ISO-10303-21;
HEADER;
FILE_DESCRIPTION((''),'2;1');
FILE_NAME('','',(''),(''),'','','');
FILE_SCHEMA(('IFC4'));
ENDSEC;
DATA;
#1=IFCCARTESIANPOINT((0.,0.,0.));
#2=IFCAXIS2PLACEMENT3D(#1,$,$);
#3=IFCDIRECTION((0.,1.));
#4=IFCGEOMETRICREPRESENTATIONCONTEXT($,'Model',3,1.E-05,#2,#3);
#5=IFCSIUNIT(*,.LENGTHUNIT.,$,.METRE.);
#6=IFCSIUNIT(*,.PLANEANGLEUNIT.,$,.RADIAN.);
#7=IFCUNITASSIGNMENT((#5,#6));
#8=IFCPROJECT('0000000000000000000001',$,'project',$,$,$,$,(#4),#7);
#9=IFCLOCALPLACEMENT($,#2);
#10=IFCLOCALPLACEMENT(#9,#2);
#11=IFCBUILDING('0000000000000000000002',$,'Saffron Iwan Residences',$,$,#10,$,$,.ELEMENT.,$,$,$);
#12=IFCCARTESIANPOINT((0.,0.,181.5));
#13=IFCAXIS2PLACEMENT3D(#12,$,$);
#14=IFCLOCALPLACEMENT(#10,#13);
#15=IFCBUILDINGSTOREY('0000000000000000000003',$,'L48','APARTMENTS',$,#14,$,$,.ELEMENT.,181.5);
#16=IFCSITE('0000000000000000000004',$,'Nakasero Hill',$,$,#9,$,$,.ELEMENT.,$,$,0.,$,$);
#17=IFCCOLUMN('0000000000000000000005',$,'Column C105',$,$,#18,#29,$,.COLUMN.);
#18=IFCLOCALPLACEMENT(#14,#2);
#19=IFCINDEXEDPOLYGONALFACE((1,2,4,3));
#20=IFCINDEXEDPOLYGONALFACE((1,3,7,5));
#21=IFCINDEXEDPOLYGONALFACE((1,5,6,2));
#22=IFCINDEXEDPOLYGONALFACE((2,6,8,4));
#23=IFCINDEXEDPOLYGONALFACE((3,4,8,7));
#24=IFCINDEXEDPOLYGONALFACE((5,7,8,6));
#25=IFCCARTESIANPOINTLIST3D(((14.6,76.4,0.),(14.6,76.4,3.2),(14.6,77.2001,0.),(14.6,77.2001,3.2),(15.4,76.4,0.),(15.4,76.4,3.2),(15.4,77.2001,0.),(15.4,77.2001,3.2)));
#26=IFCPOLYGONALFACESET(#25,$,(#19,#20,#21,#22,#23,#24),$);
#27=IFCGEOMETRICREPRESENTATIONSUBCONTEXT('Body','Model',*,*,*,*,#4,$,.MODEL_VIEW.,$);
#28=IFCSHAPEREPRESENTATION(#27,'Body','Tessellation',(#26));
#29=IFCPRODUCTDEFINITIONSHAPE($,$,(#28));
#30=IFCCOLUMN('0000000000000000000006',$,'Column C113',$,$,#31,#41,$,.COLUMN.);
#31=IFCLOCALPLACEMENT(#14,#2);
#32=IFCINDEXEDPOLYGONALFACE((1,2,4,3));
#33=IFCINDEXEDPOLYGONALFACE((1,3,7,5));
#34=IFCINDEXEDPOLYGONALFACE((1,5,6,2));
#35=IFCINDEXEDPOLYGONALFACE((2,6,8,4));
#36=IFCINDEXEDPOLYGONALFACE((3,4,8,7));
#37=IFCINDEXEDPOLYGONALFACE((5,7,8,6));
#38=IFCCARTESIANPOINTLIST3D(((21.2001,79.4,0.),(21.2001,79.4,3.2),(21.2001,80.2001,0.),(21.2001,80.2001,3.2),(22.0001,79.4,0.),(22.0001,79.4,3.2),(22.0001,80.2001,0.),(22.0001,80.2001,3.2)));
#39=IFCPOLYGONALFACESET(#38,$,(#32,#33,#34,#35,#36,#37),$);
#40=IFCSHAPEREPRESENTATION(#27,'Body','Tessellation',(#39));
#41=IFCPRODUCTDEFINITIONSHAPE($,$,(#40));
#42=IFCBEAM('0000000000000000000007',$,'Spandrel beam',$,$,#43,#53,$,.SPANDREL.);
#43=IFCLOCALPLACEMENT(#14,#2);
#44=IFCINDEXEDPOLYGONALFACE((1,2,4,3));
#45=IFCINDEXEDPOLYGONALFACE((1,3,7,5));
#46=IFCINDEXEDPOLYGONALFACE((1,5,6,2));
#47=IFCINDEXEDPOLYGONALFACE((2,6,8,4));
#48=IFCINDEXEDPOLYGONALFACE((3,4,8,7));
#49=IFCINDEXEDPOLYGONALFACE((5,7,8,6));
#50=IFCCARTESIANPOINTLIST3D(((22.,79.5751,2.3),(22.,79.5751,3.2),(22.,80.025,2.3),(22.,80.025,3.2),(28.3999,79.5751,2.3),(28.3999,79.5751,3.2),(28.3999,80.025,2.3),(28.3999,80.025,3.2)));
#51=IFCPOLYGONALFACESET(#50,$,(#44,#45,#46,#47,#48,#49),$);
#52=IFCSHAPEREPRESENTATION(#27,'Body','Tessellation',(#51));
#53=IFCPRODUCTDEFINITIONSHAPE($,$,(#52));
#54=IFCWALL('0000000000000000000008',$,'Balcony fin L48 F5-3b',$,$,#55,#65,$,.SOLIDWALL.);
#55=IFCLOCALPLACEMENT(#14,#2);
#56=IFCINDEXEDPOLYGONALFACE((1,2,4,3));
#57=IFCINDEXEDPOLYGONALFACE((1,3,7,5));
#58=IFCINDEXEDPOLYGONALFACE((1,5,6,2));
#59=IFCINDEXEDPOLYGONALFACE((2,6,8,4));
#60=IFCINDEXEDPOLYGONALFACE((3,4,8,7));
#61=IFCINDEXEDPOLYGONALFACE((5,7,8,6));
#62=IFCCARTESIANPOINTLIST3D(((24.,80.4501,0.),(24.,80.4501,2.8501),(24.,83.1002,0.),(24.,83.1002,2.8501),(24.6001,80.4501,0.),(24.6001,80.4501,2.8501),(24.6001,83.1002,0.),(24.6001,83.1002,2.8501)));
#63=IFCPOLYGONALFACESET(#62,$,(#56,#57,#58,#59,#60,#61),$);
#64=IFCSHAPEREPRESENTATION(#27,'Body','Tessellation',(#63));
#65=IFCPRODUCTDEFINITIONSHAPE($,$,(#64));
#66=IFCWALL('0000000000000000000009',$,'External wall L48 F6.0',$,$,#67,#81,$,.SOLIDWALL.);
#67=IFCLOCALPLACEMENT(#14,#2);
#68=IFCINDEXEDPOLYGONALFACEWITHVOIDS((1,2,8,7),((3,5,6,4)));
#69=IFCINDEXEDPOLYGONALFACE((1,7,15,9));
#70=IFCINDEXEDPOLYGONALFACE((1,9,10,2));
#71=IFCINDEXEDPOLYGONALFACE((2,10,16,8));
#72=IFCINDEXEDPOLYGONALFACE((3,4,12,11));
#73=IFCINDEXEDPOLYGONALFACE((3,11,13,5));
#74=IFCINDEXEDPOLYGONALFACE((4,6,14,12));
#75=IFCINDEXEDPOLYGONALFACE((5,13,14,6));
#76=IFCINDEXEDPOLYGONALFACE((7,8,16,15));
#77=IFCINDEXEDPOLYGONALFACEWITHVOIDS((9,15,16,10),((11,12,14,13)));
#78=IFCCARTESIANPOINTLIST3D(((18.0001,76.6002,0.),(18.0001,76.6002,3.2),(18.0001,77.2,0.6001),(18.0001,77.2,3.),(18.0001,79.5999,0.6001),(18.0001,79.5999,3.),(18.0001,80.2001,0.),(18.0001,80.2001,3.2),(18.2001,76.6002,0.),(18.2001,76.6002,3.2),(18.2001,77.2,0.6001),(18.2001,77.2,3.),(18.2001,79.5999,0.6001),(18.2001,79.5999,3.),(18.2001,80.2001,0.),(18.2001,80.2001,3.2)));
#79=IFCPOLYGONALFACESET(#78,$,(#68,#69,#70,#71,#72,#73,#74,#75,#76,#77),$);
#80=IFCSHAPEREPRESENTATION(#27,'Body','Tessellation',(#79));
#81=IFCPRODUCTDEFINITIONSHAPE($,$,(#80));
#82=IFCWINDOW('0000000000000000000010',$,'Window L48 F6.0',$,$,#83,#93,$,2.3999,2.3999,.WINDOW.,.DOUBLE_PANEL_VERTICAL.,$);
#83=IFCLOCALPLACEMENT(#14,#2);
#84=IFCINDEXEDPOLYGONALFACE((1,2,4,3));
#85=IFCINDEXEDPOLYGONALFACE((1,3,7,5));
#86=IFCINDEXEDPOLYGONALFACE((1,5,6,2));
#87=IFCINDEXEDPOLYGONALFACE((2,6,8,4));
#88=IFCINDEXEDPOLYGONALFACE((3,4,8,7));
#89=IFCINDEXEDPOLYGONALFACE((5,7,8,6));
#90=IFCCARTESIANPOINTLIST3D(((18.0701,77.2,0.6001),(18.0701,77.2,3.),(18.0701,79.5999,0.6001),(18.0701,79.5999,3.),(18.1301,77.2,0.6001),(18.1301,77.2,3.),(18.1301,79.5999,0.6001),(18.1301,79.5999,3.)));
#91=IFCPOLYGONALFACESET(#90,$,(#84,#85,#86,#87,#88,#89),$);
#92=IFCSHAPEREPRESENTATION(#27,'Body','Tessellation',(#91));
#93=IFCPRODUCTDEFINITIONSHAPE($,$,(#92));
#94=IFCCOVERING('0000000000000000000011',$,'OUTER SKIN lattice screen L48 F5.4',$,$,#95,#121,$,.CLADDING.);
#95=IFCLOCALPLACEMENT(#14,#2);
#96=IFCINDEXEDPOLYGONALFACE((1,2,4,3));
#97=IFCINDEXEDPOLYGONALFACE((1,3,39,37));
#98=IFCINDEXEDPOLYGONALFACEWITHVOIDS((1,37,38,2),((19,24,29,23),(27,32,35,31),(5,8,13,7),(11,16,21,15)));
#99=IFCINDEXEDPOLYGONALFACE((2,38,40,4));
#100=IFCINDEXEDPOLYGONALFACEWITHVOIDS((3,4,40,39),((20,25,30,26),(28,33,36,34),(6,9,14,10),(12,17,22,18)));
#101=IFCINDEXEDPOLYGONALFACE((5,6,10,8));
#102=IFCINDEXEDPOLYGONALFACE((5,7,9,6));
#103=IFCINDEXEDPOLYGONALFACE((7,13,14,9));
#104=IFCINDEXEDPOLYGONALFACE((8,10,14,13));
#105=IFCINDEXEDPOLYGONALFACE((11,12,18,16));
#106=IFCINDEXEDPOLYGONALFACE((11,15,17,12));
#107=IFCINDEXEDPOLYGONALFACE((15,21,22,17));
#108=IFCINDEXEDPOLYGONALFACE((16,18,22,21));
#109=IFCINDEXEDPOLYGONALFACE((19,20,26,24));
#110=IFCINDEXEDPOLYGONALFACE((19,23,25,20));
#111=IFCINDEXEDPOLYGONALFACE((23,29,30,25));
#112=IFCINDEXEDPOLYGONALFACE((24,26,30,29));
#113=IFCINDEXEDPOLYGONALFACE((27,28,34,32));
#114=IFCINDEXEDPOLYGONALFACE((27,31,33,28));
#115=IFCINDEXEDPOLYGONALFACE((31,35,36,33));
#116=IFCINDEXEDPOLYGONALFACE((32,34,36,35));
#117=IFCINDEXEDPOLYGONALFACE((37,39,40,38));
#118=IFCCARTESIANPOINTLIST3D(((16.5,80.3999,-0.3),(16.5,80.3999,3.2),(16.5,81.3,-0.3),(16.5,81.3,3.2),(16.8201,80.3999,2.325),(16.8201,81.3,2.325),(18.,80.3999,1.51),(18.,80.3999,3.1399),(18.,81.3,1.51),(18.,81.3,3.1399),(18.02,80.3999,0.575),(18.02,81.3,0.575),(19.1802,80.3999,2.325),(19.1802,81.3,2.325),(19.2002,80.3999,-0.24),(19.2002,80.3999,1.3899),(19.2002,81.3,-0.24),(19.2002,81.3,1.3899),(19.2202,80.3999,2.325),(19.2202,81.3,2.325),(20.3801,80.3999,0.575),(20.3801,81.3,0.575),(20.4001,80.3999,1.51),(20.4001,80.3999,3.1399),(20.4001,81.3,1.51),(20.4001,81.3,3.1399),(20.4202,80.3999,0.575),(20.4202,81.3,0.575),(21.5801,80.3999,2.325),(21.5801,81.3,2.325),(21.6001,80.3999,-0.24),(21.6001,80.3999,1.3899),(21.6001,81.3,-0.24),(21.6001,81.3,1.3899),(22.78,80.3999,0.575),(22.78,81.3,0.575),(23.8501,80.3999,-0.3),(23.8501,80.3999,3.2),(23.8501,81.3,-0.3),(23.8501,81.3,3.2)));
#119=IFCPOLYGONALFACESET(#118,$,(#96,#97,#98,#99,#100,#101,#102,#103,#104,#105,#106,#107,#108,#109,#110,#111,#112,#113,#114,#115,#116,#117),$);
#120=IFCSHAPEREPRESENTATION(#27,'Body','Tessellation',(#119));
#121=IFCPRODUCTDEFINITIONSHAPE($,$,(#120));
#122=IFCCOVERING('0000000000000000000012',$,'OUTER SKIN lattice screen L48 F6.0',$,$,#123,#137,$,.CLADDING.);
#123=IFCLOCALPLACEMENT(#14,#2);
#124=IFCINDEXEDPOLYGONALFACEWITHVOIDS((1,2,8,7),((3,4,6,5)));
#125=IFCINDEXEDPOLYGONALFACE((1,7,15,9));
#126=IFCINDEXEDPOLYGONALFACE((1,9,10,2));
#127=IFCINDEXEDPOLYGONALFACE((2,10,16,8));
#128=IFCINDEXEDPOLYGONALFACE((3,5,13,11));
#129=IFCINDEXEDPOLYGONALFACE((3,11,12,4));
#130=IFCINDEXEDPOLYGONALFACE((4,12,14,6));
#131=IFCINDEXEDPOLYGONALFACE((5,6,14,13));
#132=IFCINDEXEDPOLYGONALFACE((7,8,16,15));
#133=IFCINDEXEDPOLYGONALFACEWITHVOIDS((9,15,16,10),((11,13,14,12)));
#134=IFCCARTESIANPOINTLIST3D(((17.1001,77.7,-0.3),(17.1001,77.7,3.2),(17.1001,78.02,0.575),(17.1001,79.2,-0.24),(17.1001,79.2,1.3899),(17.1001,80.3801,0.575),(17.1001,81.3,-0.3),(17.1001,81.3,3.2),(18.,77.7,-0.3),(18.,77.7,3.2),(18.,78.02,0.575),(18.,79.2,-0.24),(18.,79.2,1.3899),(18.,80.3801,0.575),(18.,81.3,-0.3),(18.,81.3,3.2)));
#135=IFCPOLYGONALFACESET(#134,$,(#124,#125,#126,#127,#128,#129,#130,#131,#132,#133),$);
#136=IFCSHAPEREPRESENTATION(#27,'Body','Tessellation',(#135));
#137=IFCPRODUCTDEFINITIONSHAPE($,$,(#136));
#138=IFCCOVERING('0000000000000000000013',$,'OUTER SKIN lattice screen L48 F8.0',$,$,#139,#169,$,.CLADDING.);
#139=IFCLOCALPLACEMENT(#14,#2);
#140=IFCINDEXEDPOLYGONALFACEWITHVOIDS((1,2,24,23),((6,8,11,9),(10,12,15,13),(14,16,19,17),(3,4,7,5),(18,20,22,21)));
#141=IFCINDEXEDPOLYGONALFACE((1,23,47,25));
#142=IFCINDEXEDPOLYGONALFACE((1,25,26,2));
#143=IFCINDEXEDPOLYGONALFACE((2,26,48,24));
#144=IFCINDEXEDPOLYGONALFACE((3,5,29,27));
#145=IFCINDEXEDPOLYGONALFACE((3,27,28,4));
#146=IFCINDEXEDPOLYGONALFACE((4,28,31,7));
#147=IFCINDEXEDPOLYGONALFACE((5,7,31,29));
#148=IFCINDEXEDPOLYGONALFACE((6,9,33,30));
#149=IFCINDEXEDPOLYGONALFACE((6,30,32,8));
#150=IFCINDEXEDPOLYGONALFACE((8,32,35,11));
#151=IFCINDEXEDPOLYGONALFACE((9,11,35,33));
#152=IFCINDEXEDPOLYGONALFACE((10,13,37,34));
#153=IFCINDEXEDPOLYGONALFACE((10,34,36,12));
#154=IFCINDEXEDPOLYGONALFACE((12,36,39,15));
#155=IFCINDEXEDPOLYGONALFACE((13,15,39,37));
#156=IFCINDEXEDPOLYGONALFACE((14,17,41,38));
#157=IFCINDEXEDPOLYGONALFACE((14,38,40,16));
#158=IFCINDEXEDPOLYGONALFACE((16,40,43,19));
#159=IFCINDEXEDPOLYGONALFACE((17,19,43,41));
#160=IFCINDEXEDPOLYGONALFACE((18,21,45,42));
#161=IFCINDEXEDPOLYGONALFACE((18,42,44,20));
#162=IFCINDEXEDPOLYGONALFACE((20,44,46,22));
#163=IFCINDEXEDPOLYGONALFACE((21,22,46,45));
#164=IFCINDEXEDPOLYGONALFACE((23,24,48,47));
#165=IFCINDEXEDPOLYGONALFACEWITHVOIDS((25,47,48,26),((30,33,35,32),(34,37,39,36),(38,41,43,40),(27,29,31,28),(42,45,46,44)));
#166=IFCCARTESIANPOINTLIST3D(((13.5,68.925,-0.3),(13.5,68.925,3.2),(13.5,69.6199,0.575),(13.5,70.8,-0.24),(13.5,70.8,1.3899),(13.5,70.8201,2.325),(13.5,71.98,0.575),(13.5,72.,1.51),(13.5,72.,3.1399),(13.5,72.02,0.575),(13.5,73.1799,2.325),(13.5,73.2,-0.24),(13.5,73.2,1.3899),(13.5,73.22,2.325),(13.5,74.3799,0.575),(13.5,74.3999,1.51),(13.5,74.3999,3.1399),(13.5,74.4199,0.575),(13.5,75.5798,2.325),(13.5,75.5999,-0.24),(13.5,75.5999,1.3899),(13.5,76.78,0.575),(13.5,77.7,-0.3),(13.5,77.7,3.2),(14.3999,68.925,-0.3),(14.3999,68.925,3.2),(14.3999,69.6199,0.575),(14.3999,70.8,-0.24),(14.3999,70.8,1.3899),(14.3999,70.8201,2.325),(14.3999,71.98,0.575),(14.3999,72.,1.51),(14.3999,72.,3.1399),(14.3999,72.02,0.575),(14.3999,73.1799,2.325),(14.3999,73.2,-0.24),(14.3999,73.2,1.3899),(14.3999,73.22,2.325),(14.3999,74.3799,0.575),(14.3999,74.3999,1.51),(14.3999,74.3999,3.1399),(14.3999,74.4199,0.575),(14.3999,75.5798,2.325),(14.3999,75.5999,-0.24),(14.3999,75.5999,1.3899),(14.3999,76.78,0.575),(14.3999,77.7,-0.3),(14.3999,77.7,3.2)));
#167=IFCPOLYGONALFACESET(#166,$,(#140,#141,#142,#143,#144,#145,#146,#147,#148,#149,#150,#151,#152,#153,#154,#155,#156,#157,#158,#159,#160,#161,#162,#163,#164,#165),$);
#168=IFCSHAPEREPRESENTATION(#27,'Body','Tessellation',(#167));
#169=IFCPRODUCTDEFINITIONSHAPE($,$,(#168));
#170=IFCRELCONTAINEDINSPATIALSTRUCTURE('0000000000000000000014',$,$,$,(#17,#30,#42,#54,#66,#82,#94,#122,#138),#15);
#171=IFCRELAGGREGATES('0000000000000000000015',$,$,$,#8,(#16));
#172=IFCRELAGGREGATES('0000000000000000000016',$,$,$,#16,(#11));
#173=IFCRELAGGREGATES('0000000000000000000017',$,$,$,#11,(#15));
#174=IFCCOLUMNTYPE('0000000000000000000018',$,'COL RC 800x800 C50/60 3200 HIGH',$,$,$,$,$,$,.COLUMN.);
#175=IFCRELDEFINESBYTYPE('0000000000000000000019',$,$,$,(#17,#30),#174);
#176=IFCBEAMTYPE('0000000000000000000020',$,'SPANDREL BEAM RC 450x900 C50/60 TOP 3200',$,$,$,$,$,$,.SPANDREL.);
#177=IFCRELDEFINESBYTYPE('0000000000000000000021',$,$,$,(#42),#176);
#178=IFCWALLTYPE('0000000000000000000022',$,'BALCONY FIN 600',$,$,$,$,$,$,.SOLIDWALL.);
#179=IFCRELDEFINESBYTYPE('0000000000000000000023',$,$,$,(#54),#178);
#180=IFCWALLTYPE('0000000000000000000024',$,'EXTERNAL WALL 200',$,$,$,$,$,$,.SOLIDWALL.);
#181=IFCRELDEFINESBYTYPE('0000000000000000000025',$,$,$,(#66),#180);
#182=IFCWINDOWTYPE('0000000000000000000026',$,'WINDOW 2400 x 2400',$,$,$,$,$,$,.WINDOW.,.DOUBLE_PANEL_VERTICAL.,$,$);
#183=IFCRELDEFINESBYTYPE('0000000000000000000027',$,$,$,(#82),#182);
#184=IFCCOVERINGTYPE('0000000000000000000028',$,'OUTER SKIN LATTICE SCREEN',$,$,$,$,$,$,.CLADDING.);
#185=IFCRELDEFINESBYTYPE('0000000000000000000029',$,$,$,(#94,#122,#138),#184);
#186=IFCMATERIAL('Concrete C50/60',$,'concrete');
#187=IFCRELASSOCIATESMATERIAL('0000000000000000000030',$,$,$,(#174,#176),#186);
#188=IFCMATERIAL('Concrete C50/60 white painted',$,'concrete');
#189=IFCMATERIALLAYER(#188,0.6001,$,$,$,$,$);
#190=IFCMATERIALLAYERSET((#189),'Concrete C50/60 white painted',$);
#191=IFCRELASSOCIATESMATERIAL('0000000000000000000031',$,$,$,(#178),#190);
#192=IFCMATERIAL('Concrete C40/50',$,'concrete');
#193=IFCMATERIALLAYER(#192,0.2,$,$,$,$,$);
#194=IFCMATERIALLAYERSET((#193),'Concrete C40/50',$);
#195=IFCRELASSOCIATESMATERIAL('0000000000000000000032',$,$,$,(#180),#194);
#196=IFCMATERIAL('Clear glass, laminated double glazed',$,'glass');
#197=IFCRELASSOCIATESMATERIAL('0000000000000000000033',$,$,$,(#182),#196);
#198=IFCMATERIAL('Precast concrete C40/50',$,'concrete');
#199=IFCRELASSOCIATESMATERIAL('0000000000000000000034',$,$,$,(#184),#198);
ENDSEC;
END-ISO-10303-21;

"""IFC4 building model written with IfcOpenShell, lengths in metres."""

from ifc_helpers import new_model, si_unit, direction, frame, frame_2d, origin, origin_2d, place, context, subcontext, project, spatial, polyline, rectangle, outline, extrude, source, transform, mapped, material, layer, layer_set, material_profile, profile_set, type_object, element, fill, save


model = new_model("IFC4")

# Units and contexts
model_context = context("Model", 3, precision=1e-05, world=origin(), true_north=direction((0.0, 1.0)))
body_context = subcontext(model_context, "Body", "Model", "MODEL_VIEW")
ifc_project = project(units=[si_unit("LENGTHUNIT", "METRE"), si_unit("PLANEANGLEUNIT", "RADIAN")], contexts=[model_context])

# Site, building, storey
site_placement = place(None, origin())
site = spatial("IfcSite", under=ifc_project, at=site_placement, Name="Nakasero Hill", CompositionType="ELEMENT", RefElevation=0.0)
building_placement = place(site_placement, origin())
building = spatial("IfcBuilding", under=site, at=building_placement, Name="Saffron Iwan Residences", CompositionType="ELEMENT")
storey_placement = place(building_placement, frame((0.0, 0.0, 181.5)))
storey = spatial("IfcBuildingStorey", under=building, at=storey_placement, Name="L48", Description="APARTMENTS", CompositionType="ELEMENT", Elevation=181.5)

# Columns
ifc_material_1 = material(Name="Concrete C50/60", Category="concrete")
ifc_material_profile_1 = material_profile(ifc_material_1, rectangle(XDim=0.8, YDim=0.8, at=origin_2d()), Name="RC 800x800")
ifc_profile_set_1 = profile_set([ifc_material_profile_1], Name="Concrete C50/60")
column_type = type_object("IfcColumnType", Name="COL RC 800x800 C50/60 3200 HIGH", PredefinedType="COLUMN", material=ifc_profile_set_1)
shared_shape_1 = source(origin(), body_context, "Body", "SweptSolid", [
    extrude(rectangle(XDim=0.8, YDim=0.8, at=origin_2d()), origin(), (0.0, 0.0, 1.0), 3.2),
])
for number, where, z_axis, x_axis, name in (
    (1, (15.0, 76.8, 0.0), (0.0, 0.0, 1.0), (1.0, 0.0, 0.0), "Column C105"),
    (2, (21.6001, 79.8, 0.0), (0.0, 0.0, 1.0), (1.0, 0.0, 0.0), "Column C113"),
):
    element("IfcColumn", number, at=place(storey_placement, frame(where, z_axis=z_axis, x_axis=x_axis)), inside=storey, type_object=column_type, Name=name, PredefinedType="COLUMN", context=body_context, shape_type="MappedRepresentation", body=[
        mapped(shared_shape_1, transform((0.0, 0.0, 0.0))),
    ])

# Beam
ifc_material_profile_2 = material_profile(ifc_material_1, rectangle(XDim=0.45, YDim=0.8999, at=origin_2d()), Name="RC 450x900")
ifc_profile_set_2 = profile_set([ifc_material_profile_2], Name="Concrete C50/60")
beam_type = type_object("IfcBeamType", Name="SPANDREL BEAM RC 450x900 C50/60 TOP 3200", PredefinedType="SPANDREL", material=ifc_profile_set_2)
shared_shape_2 = source(origin(), body_context, "Body", "SweptSolid", [
    extrude(rectangle(XDim=0.45, YDim=0.8999, at=origin_2d()), origin(), (0.0, 0.0, 1.0), 6.3999),
])
beam_placement = place(storey_placement, frame((22.0, 79.8, 2.75), z_axis=(1.0, 0.0, 0.0), x_axis=(0.0, 1.0, 0.0)))
element("IfcBeam", 3, at=beam_placement, inside=storey, type_object=beam_type, Name="Spandrel beam", PredefinedType="SPANDREL", context=body_context, shape_type="MappedRepresentation", body=[
    mapped(shared_shape_2, transform((0.0, 0.0, 0.0))),
])

# Wall
ifc_material_2 = material(Name="Concrete C50/60 white painted", Category="concrete")
ifc_layer_1 = layer(ifc_material_2, 0.6001)
ifc_layer_set_1 = layer_set([ifc_layer_1], Name="Concrete C50/60 white painted")
wall_type_1 = type_object("IfcWallType", Name="BALCONY FIN 600", PredefinedType="SOLIDWALL", material=ifc_layer_set_1)
wall_1_placement = place(storey_placement, frame((24.3, 80.45, 0.0), z_axis=(0.0, 0.0, 1.0), x_axis=(0.0, 1.0, 0.0)))
element("IfcWall", 4, at=wall_1_placement, inside=storey, type_object=wall_type_1, Name="Balcony fin L48 F5-3b", PredefinedType="SOLIDWALL", context=body_context, shape_type="SweptSolid", body=[
    extrude(rectangle(XDim=2.6501, YDim=0.6001, at=frame_2d((1.3252, 0.0))), origin(), (0.0, 0.0, 1.0), 2.8501),
])

# Wall, opening, window
ifc_material_3 = material(Name="Concrete C40/50", Category="concrete")
ifc_layer_2 = layer(ifc_material_3, 0.2)
ifc_layer_set_2 = layer_set([ifc_layer_2], Name="Concrete C40/50")
wall_type_2 = type_object("IfcWallType", Name="EXTERNAL WALL 200", PredefinedType="SOLIDWALL", material=ifc_layer_set_2)
wall_2_placement = place(storey_placement, frame((18.1001, 80.2, 0.0), z_axis=(0.0, 0.0, 1.0), x_axis=(0.0, -1.0, 0.0)))
wall_2 = element("IfcWall", 5, at=wall_2_placement, inside=storey, type_object=wall_type_2, Name="External wall L48 F6.0", PredefinedType="SOLIDWALL", context=body_context, shape_type="SweptSolid", body=[
    extrude(rectangle(XDim=3.5999, YDim=0.2, at=frame_2d((1.7998, 0.0))), origin(), (0.0, 0.0, 1.0), 3.2),
])
opening_placement = place(wall_2_placement, frame((0.6001, 0.0, 0.6001)))
opening = element("IfcOpeningElement", 6, at=opening_placement, cuts=wall_2, PredefinedType="OPENING", context=body_context, shape_type="SweptSolid", body=[
    extrude(rectangle(XDim=2.3999, YDim=2.3999, at=frame_2d((1.2, 1.2))), frame((0.0, 0.1099, 0.0), z_axis=(0.0, -1.0, 0.0), x_axis=(1.0, 0.0, 0.0)), (0.0, 0.0, 1.0), 0.22),
])
ifc_material_4 = material(Name="Clear glass, laminated double glazed", Category="glass")
window_type = type_object("IfcWindowType", Name="WINDOW 2400 x 2400", PartitioningType="DOUBLE_PANEL_VERTICAL", PredefinedType="WINDOW", material=ifc_material_4)
window_placement = place(opening_placement, origin())
window = element("IfcWindow", 7, at=window_placement, inside=storey, type_object=window_type, Name="Window L48 F6.0", OverallHeight=2.3999, OverallWidth=2.3999, PartitioningType="DOUBLE_PANEL_VERTICAL", PredefinedType="WINDOW", context=body_context, shape_type="SweptSolid", body=[
    extrude(rectangle(XDim=2.3999, YDim=2.3999, at=frame_2d((1.2, 1.2))), frame((0.0, 0.03, 0.0), z_axis=(0.0, -1.0, 0.0), x_axis=(1.0, 0.0, 0.0)), (0.0, 0.0, 1.0), 0.0601),
])
fill(opening, window)

# Coverings
ifc_material_5 = material(Name="Precast concrete C40/50", Category="concrete")
covering_type_1 = type_object("IfcCoveringType", Name="OUTER SKIN LATTICE SCREEN", PredefinedType="CLADDING", material=ifc_material_5)
covering_1_placement = place(storey_placement, frame((23.8501, 80.3999, -0.3), z_axis=(0.0, 1.0, 0.0), x_axis=(-1.0, 0.0, 0.0)))
element("IfcCovering", 8, at=covering_1_placement, inside=storey, type_object=covering_type_1, Name="OUTER SKIN lattice screen L48 F5.4", PredefinedType="CLADDING", context=body_context, shape_type="SweptSolid", body=[
    extrude(outline(polyline([(0.0, 0.0), (7.3501, 0.0), (7.3501, 3.5), (0.0, 3.5), (0.0, 0.0)]), holes=[polyline([(1.0701, 0.875), (2.25, 0.0601), (3.4299, 0.875), (2.25, 1.6899), (1.0701, 0.875)]), polyline([(3.47, 0.875), (4.6499, 0.0601), (5.8301, 0.875), (4.6499, 1.6899), (3.47, 0.875)]), polyline([(2.27, 2.625), (3.45, 1.8101), (4.6299, 2.625), (3.45, 3.4399), (2.27, 2.625)]), polyline([(4.6699, 2.625), (5.8501, 1.8101), (7.03, 2.625), (5.8501, 3.4399), (4.6699, 2.625)])]), origin(), (0.0, 0.0, 1.0), 0.9001),
])
covering_2_placement = place(storey_placement, frame((18.0, 81.3, -0.3), z_axis=(-1.0, 0.0, 0.0), x_axis=(0.0, -1.0, 0.0)))
element("IfcCovering", 9, at=covering_2_placement, inside=storey, type_object=covering_type_1, Name="OUTER SKIN lattice screen L48 F6.0", PredefinedType="CLADDING", context=body_context, shape_type="SweptSolid", body=[
    extrude(outline(polyline([(0.0, 0.0), (3.6001, 0.0), (3.6001, 3.5), (0.0, 3.5), (0.0, 0.0)]), holes=[polyline([(0.9199, 0.875), (2.1001, 0.0601), (3.28, 0.875), (2.1001, 1.6899), (0.9199, 0.875)])]), origin(), (0.0, 0.0, 1.0), 0.8999),
])
covering_3_placement = place(storey_placement, frame((14.3999, 77.7, -0.3), z_axis=(-1.0, 0.0, 0.0), x_axis=(0.0, -1.0, 0.0)))
element("IfcCovering", 10, at=covering_3_placement, inside=storey, type_object=covering_type_1, Name="OUTER SKIN lattice screen L48 F8.0", PredefinedType="CLADDING", context=body_context, shape_type="SweptSolid", body=[
    extrude(outline(polyline([(0.0, 0.0), (8.7749, 0.0), (8.7749, 3.5), (0.0, 3.5), (0.0, 0.0)]), holes=[polyline([(0.9199, 0.875), (2.1001, 0.0601), (3.28, 0.875), (2.1001, 1.6899), (0.9199, 0.875)]), polyline([(3.3201, 0.875), (4.5, 0.0601), (5.6799, 0.875), (4.5, 1.6899), (3.3201, 0.875)]), polyline([(5.72, 0.875), (6.8999, 0.0601), (8.0801, 0.875), (6.8999, 1.6899), (5.72, 0.875)]), polyline([(2.1201, 2.625), (3.3, 1.8101), (4.48, 2.625), (3.3, 3.4399), (2.1201, 2.625)]), polyline([(4.52, 2.625), (5.7, 1.8101), (6.8799, 2.625), (5.7, 3.4399), (4.52, 2.625)])]), origin(), (0.0, 0.0, 1.0), 0.8999),
])

save(model, "model.ifc")
